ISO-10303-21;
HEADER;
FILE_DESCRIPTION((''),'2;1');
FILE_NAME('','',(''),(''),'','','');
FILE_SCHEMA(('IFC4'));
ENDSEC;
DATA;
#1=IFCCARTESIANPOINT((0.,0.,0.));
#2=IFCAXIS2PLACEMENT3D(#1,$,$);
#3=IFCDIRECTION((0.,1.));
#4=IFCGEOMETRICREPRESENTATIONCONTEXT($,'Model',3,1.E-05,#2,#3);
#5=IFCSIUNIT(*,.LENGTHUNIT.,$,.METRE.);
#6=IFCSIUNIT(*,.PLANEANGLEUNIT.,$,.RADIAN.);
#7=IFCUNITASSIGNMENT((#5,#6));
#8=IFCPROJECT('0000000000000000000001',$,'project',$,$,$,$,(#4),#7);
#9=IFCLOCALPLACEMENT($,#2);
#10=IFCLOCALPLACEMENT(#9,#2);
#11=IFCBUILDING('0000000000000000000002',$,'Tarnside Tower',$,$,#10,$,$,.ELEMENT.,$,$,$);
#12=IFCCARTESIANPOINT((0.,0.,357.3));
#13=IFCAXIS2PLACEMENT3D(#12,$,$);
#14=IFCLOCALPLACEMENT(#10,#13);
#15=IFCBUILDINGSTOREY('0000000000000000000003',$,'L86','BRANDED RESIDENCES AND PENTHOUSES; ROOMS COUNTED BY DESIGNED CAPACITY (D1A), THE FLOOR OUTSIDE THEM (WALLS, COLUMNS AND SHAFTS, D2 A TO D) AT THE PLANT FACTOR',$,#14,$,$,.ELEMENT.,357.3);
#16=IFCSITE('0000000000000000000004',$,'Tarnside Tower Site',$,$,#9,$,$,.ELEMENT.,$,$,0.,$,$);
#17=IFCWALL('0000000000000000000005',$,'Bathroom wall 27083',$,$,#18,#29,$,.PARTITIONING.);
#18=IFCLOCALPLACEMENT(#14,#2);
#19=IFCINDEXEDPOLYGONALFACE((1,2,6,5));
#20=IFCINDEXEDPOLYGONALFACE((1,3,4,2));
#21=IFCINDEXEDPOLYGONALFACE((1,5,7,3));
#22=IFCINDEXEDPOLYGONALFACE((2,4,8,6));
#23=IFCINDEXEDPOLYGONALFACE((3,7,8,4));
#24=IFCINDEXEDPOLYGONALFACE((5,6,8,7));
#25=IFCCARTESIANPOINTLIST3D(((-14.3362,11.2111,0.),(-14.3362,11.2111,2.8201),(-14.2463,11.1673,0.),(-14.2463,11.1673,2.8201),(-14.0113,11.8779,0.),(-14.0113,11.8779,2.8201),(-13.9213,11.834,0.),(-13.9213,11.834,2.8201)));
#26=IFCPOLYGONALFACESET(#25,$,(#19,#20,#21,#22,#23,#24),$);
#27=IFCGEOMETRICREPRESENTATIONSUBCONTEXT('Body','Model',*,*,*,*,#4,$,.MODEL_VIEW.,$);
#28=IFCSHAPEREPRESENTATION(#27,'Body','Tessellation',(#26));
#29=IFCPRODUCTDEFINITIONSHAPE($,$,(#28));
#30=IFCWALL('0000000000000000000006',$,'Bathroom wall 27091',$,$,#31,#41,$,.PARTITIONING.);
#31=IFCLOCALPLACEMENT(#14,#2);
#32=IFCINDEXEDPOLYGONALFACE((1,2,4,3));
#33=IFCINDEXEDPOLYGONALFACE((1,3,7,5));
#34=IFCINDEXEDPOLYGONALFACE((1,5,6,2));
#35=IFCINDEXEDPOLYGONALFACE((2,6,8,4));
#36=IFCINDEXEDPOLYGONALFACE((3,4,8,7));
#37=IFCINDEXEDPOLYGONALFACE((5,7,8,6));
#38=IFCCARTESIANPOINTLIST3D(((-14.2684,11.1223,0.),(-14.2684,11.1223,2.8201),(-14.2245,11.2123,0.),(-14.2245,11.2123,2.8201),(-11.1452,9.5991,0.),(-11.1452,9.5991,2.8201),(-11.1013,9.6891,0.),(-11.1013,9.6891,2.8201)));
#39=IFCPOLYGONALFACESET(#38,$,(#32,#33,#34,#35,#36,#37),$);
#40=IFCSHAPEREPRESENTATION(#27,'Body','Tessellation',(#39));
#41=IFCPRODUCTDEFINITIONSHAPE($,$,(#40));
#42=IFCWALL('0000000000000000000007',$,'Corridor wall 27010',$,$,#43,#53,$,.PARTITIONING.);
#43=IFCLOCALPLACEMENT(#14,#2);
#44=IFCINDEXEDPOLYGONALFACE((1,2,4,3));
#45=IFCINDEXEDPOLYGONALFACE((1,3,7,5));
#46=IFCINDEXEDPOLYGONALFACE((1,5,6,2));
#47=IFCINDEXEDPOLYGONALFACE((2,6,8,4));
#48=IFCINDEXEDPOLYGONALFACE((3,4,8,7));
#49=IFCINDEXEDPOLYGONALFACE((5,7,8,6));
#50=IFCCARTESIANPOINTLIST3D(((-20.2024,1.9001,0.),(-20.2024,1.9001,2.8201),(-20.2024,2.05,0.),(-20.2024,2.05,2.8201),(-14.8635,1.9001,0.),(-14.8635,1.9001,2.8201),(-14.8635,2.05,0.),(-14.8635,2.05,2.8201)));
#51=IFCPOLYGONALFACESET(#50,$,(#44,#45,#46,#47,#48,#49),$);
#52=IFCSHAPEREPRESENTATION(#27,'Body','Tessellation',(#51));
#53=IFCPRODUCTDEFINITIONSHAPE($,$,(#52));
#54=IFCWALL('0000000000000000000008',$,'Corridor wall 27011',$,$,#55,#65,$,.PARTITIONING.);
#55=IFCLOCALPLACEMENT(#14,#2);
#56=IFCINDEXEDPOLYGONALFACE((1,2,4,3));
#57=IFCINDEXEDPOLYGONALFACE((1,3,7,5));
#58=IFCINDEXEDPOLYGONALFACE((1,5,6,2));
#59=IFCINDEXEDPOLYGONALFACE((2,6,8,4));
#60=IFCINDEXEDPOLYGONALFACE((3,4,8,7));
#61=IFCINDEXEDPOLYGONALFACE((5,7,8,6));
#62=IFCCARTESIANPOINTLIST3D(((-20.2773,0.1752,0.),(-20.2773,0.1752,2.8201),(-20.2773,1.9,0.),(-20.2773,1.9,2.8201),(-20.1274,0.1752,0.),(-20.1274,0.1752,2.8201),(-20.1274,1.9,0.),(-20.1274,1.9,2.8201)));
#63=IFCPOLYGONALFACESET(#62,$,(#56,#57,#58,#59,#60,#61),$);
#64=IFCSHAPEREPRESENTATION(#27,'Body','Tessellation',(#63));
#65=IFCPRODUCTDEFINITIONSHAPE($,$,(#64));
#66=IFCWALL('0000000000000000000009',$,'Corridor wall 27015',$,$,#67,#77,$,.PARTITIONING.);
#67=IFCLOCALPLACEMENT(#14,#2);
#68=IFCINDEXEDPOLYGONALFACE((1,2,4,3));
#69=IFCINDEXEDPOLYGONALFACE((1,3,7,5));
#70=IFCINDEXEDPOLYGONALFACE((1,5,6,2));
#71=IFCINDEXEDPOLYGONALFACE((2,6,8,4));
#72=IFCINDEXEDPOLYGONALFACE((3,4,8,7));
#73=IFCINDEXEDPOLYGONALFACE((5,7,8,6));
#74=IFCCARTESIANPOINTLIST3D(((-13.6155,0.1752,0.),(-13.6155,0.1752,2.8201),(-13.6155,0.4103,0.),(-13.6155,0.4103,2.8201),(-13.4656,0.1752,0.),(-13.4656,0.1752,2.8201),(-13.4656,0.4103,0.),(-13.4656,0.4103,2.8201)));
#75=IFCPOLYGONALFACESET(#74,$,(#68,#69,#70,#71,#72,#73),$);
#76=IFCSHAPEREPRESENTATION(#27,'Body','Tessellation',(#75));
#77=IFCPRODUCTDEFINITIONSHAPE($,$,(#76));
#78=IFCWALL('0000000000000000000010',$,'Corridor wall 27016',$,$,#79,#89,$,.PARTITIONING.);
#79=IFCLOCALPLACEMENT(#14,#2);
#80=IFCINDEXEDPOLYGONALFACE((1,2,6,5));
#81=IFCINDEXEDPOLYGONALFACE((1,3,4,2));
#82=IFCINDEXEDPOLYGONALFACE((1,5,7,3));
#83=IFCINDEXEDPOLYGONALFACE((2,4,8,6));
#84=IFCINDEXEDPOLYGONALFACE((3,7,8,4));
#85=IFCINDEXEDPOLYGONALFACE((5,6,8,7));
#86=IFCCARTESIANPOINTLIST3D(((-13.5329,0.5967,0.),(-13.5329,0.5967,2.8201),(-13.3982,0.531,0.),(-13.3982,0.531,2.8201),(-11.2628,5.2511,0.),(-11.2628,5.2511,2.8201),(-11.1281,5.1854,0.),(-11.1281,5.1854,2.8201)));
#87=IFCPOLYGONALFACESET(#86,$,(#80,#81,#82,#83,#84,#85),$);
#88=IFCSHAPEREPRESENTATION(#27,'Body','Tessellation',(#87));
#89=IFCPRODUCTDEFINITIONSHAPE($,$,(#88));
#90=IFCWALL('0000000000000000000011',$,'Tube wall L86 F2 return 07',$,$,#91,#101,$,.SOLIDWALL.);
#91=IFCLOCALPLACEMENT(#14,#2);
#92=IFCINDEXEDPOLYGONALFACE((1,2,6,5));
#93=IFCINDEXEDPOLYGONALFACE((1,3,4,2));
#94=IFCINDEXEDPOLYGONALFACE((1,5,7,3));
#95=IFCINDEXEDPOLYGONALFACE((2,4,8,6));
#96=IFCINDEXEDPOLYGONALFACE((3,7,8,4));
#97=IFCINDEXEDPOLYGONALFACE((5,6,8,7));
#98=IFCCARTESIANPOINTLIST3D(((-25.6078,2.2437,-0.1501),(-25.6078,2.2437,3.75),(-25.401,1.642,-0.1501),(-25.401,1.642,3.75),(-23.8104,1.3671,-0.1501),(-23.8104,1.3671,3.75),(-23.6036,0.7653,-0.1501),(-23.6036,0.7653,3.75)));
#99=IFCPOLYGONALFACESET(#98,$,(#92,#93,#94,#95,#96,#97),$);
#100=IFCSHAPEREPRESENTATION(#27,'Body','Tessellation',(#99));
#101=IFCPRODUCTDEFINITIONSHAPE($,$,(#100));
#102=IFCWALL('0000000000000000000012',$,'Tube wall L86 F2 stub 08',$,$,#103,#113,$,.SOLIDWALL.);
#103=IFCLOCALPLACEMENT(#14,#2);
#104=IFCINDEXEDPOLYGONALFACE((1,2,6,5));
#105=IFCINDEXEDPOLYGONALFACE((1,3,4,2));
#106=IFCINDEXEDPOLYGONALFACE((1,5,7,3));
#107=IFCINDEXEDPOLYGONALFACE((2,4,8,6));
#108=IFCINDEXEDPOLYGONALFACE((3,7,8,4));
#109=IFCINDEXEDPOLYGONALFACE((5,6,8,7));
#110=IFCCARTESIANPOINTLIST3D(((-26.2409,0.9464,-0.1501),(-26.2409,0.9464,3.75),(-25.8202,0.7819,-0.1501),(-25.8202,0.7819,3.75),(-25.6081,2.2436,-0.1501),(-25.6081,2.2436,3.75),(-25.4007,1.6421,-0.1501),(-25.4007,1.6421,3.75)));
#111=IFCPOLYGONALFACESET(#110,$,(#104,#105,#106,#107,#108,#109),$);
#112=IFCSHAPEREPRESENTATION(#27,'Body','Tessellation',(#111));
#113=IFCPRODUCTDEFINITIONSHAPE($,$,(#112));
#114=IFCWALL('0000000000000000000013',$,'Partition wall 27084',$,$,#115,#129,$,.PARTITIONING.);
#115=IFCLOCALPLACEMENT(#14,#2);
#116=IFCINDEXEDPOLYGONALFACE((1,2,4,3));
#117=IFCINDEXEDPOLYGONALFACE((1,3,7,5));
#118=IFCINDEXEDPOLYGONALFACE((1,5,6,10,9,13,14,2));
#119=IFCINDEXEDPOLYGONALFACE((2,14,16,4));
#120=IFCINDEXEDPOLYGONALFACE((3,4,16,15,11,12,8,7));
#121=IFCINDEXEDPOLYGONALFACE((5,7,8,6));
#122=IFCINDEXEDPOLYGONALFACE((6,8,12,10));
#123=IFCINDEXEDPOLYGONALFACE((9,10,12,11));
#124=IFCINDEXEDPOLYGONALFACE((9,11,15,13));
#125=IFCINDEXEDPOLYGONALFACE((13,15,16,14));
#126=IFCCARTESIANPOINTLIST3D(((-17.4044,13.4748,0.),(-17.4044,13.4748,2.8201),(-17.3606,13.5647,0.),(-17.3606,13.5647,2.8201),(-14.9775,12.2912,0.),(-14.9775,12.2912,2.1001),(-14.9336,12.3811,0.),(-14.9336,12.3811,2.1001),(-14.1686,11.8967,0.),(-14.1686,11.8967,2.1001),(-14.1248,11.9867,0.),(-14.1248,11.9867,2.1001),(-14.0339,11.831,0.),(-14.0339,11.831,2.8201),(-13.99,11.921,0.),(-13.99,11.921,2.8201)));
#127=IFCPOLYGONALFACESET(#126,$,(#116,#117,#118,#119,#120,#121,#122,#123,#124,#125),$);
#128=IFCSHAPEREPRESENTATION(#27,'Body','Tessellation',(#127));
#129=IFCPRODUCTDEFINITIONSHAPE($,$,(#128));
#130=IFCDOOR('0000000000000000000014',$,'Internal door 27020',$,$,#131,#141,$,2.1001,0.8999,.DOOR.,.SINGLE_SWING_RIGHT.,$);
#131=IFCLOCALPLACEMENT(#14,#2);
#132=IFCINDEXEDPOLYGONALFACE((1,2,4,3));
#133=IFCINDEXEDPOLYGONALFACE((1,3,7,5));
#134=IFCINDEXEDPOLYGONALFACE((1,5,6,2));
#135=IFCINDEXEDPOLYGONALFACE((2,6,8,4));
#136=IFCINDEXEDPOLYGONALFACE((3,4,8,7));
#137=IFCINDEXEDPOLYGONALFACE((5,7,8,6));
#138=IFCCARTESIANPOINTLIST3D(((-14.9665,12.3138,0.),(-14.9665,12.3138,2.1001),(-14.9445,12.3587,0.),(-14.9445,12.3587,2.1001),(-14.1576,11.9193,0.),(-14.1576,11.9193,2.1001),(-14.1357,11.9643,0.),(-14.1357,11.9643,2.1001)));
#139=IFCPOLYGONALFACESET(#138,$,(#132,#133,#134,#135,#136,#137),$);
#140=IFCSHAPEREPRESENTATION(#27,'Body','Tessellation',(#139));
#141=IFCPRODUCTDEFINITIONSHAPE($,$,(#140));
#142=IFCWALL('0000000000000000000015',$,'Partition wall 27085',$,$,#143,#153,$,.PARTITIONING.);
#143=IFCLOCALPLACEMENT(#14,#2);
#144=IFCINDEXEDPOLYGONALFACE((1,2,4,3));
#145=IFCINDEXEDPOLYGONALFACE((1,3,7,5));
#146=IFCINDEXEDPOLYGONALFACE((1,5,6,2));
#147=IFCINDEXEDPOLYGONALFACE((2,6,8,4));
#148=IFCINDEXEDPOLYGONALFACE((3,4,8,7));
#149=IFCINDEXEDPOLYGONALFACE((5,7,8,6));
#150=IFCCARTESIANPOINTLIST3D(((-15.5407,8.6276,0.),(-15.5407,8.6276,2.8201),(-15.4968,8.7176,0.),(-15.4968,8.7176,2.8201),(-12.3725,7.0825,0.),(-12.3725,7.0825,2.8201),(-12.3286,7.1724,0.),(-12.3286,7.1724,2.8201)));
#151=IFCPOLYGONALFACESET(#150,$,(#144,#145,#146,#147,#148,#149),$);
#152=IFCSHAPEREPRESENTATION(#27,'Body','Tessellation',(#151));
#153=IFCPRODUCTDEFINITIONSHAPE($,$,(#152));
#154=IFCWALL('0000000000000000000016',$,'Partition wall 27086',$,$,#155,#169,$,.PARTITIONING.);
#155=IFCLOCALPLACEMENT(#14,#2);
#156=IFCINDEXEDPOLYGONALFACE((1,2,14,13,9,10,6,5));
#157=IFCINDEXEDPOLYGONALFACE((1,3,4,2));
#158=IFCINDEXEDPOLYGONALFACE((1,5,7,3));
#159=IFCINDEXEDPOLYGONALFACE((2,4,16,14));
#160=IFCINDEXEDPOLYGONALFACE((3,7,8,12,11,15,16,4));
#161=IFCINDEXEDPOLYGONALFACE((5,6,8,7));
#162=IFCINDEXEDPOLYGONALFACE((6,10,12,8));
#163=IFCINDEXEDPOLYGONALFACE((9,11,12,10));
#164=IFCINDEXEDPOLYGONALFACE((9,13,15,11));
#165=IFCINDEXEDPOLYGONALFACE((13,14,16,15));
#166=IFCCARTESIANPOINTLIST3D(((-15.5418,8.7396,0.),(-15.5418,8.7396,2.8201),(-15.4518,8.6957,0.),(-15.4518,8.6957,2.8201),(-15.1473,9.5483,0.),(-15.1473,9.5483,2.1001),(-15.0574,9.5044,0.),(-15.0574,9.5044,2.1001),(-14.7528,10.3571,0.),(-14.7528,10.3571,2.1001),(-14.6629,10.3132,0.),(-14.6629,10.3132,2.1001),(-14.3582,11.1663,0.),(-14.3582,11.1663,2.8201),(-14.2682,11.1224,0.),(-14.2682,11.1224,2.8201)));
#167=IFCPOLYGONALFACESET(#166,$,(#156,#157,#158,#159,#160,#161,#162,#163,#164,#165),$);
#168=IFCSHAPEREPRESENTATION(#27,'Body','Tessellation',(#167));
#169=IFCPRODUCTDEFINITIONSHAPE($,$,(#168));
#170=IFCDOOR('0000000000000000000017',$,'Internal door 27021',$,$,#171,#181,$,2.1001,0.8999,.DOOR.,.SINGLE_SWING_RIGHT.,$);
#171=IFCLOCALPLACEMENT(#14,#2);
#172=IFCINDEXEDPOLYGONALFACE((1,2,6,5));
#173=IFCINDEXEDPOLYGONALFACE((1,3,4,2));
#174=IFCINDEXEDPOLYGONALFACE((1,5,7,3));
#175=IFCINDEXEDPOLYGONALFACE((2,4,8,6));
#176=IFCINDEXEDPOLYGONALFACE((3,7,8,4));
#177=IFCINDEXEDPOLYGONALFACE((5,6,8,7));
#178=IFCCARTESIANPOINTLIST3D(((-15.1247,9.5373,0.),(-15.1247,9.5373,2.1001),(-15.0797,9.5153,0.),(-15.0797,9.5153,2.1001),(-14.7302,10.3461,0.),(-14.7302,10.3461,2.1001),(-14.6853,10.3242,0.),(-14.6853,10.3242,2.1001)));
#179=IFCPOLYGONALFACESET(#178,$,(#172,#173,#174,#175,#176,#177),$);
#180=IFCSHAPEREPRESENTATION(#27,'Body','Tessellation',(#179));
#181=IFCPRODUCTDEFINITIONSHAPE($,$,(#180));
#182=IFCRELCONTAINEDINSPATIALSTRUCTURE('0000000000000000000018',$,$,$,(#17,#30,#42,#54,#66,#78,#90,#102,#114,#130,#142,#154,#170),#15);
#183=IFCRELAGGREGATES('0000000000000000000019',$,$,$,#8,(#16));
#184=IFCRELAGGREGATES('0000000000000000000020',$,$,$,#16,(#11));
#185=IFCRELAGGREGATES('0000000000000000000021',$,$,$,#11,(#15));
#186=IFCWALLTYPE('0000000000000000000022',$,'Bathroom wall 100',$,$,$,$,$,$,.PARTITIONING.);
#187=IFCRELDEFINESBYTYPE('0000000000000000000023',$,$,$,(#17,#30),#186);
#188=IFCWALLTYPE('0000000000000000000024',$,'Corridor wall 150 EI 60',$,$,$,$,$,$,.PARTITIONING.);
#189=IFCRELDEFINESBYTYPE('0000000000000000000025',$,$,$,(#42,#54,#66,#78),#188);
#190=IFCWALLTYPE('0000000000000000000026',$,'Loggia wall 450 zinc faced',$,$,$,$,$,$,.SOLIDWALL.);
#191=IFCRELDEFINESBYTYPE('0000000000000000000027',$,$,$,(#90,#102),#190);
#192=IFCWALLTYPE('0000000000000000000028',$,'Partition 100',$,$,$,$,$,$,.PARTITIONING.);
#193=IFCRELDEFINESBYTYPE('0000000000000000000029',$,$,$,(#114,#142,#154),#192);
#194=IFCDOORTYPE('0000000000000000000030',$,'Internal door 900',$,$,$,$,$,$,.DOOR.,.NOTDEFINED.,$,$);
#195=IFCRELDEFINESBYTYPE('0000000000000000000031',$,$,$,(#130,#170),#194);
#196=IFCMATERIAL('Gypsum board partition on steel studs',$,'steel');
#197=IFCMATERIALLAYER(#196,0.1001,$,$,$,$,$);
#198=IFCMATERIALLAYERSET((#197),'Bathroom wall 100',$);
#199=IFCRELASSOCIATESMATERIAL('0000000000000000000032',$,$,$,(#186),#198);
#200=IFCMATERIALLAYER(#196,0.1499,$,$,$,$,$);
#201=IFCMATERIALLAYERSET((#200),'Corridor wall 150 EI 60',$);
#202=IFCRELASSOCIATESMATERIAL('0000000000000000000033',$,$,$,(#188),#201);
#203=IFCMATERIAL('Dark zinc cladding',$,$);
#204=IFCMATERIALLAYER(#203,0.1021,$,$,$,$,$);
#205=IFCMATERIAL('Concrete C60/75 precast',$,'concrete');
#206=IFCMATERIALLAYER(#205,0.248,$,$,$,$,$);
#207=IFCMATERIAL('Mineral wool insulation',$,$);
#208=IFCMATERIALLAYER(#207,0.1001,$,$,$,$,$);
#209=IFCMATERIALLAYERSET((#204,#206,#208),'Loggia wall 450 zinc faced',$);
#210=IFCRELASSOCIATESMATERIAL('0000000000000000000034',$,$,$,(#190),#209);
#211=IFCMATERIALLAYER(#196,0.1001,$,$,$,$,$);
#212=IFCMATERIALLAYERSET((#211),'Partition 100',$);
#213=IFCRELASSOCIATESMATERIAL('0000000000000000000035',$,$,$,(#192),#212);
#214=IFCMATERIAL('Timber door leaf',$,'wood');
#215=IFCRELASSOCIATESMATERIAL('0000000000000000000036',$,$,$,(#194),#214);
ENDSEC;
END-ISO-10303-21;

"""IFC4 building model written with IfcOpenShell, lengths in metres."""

from ifc_helpers import new_model, si_unit, direction, frame, frame_2d, origin, place, context, subcontext, project, spatial, polyline, rectangle, outline, extrude, material, layer, layer_set, type_object, element, fill, save


model = new_model("IFC4")

# Units and contexts
model_context = context("Model", 3, precision=1e-05, world=origin(), true_north=direction((0.0, 1.0)))
body_context = subcontext(model_context, "Body", "Model", "MODEL_VIEW")
ifc_project = project(units=[si_unit("LENGTHUNIT", "METRE"), si_unit("PLANEANGLEUNIT", "RADIAN")], contexts=[model_context])

# Site, building, storey
site_placement = place(None, origin())
site = spatial("IfcSite", under=ifc_project, at=site_placement, Name="Tarnside Tower Site", CompositionType="ELEMENT", RefElevation=0.0)
building_placement = place(site_placement, origin())
building = spatial("IfcBuilding", under=site, at=building_placement, Name="Tarnside Tower", CompositionType="ELEMENT")
storey_placement = place(building_placement, frame((0.0, 0.0, 357.3)))
storey = spatial("IfcBuildingStorey", under=building, at=storey_placement, Name="L86", Description="BRANDED RESIDENCES AND PENTHOUSES; ROOMS COUNTED BY DESIGNED CAPACITY (D1A), THE FLOOR OUTSIDE THEM (WALLS, COLUMNS AND SHAFTS, D2 A TO D) AT THE PLANT FACTOR", CompositionType="ELEMENT", Elevation=357.3)

# Walls
ifc_material_1 = material(Name="Gypsum board partition on steel studs", Category="steel")
ifc_layer_1 = layer(ifc_material_1, 0.1001)
ifc_layer_set_1 = layer_set([ifc_layer_1], Name="Bathroom wall 100")
wall_type_1 = type_object("IfcWallType", Name="Bathroom wall 100", PredefinedType="PARTITIONING", material=ifc_layer_set_1)
wall_1_placement = place(storey_placement, frame((-14.2913, 11.1892, 0.0), z_axis=(0.0, 0.0, 1.0), x_axis=(0.438106, 0.898923, 0.0)))
element("IfcWall", 1, at=wall_1_placement, inside=storey, type_object=wall_type_1, Name="Bathroom wall 27083", PredefinedType="PARTITIONING", context=body_context, shape_type="SweptSolid", body=[
    extrude(rectangle(XDim=0.7417, YDim=0.1001, at=frame_2d((0.3708, 0.0))), origin(), (0.0, 0.0, 1.0), 2.8201),
])
wall_2_placement = place(storey_placement, frame((-14.2463, 11.1672, 0.0), z_axis=(0.0, 0.0, 1.0), x_axis=(0.89881, -0.438339, 0.0)))
element("IfcWall", 2, at=wall_2_placement, inside=storey, type_object=wall_type_1, Name="Bathroom wall 27091", PredefinedType="PARTITIONING", context=body_context, shape_type="SweptSolid", body=[
    extrude(rectangle(XDim=3.4749, YDim=0.1001, at=frame_2d((1.7373, 0.0))), origin(), (0.0, 0.0, 1.0), 2.8201),
])
ifc_layer_2 = layer(ifc_material_1, 0.1499)
ifc_layer_set_2 = layer_set([ifc_layer_2], Name="Corridor wall 150 EI 60")
wall_type_2 = type_object("IfcWallType", Name="Corridor wall 150 EI 60", PredefinedType="PARTITIONING", material=ifc_layer_set_2)
wall_3_placement = place(storey_placement, frame((-14.8635, 1.9751, 0.0), z_axis=(0.0, 0.0, 1.0), x_axis=(-1.0, 0.0, 0.0)))
element("IfcWall", 3, at=wall_3_placement, inside=storey, type_object=wall_type_2, Name="Corridor wall 27010", PredefinedType="PARTITIONING", context=body_context, shape_type="SweptSolid", body=[
    extrude(rectangle(XDim=5.3389, YDim=0.1499, at=frame_2d((2.6694, 0.0))), origin(), (0.0, 0.0, 1.0), 2.8201),
])
wall_4_placement = place(storey_placement, frame((-20.2024, 1.8999, 0.0), z_axis=(0.0, 0.0, 1.0), x_axis=(0.0, -1.0, 0.0)))
element("IfcWall", 4, at=wall_4_placement, inside=storey, type_object=wall_type_2, Name="Corridor wall 27011", PredefinedType="PARTITIONING", context=body_context, shape_type="SweptSolid", body=[
    extrude(rectangle(XDim=1.7249, YDim=0.1499, at=frame_2d((0.8623, 0.0))), origin(), (0.0, 0.0, 1.0), 2.8201),
])
wall_5_placement = place(storey_placement, frame((-13.5405, 0.175, 0.0), z_axis=(0.0, 0.0, 1.0), x_axis=(0.0, 1.0, 0.0)))
element("IfcWall", 5, at=wall_5_placement, inside=storey, type_object=wall_type_2, Name="Corridor wall 27015", PredefinedType="PARTITIONING", context=body_context, shape_type="SweptSolid", body=[
    extrude(rectangle(XDim=0.2351, YDim=0.1499, at=frame_2d((0.1177, 0.0))), origin(), (0.0, 0.0, 1.0), 2.8201),
])
wall_6_placement = place(storey_placement, frame((-13.4656, 0.5637, 0.0), z_axis=(0.0, 0.0, 1.0), x_axis=(0.438366, 0.898797, 0.0)))
element("IfcWall", 6, at=wall_6_placement, inside=storey, type_object=wall_type_2, Name="Corridor wall 27016", PredefinedType="PARTITIONING", context=body_context, shape_type="SweptSolid", body=[
    extrude(rectangle(XDim=5.1785, YDim=0.1499, at=frame_2d((2.5894, 0.0))), origin(), (0.0, 0.0, 1.0), 2.8201),
])
ifc_material_2 = material(Name="Dark zinc cladding")
ifc_layer_3 = layer(ifc_material_2, 0.1021)
ifc_material_3 = material(Name="Concrete C60/75 precast", Category="concrete")
ifc_layer_4 = layer(ifc_material_3, 0.248)
ifc_material_4 = material(Name="Mineral wool insulation")
ifc_layer_5 = layer(ifc_material_4, 0.1001)
ifc_layer_set_3 = layer_set([ifc_layer_3, ifc_layer_4, ifc_layer_5], Name="Loggia wall 450 zinc faced")
wall_type_3 = type_object("IfcWallType", Name="Loggia wall 450 zinc faced", PredefinedType="SOLIDWALL", material=ifc_layer_set_3)
wall_7_placement = place(storey_placement, frame((-23.707, 1.0662, -0.1501), z_axis=(0.0, 0.0, 1.0), x_axis=(-0.898779, 0.438402, 0.0)))
element("IfcWall", 7, at=wall_7_placement, inside=storey, type_object=wall_type_3, Name="Tube wall L86 F2 return 07", PredefinedType="SOLIDWALL", context=body_context, shape_type="SweptSolid", body=[
    extrude(outline(polyline([(0.2249, -0.2251), (2.2246, -0.2251), (1.7749, 0.2251), (-0.2249, 0.2251), (0.2249, -0.2251)])), origin(), (0.0, 0.0, 1.0), 3.9001),
])
wall_8_placement = place(storey_placement, frame((-25.5044, 1.9429, -0.1501), z_axis=(0.0, 0.0, 1.0), x_axis=(-0.438404, -0.898778, 0.0)))
element("IfcWall", 8, at=wall_8_placement, inside=storey, type_object=wall_type_3, Name="Tube wall L86 F2 stub 08", PredefinedType="SOLIDWALL", context=body_context, shape_type="SweptSolid", body=[
    extrude(outline(polyline([(-0.2249, -0.2251), (1.2185, -0.2251), (1.1819, 0.2251), (0.2249, 0.2251), (-0.2249, -0.2251)])), origin(), (0.0, 0.0, 1.0), 3.9001),
])

# Wall, opening, door
ifc_layer_6 = layer(ifc_material_1, 0.1001)
ifc_layer_set_4 = layer_set([ifc_layer_6], Name="Partition 100")
wall_type_4 = type_object("IfcWallType", Name="Partition 100", PredefinedType="PARTITIONING", material=ifc_layer_set_4)
wall_9_placement = place(storey_placement, frame((-14.012, 11.876, 0.0), z_axis=(0.0, 0.0, 1.0), x_axis=(-0.89881, 0.438338, 0.0)))
wall_9 = element("IfcWall", 9, at=wall_9_placement, inside=storey, type_object=wall_type_4, Name="Partition wall 27084", PredefinedType="PARTITIONING", context=body_context, shape_type="SweptSolid", body=[
    extrude(rectangle(XDim=3.75, YDim=0.1001, at=frame_2d((1.875, 0.0))), origin(), (0.0, 0.0, 1.0), 2.8201),
])
opening_1_placement = place(wall_9_placement, frame((0.1499, 0.0, 0.0)))
opening_1 = element("IfcOpeningElement", 10, at=opening_1_placement, cuts=wall_9, PredefinedType="OPENING", context=body_context, shape_type="SweptSolid", body=[
    extrude(rectangle(XDim=0.8999, YDim=2.1001, at=frame_2d((0.45, 1.05))), frame((0.0, 0.0601, 0.0), z_axis=(0.0, -1.0, 0.0), x_axis=(1.0, 0.0, 0.0)), (0.0, 0.0, 1.0), 0.1201),
])
ifc_material_5 = material(Name="Timber door leaf", Category="wood")
door_type = type_object("IfcDoorType", Name="Internal door 900", OperationType="NOTDEFINED", PredefinedType="DOOR", material=ifc_material_5)
door_1_placement = place(opening_1_placement, origin())
door_1 = element("IfcDoor", 11, at=door_1_placement, inside=storey, type_object=door_type, Name="Internal door 27020", OperationType="SINGLE_SWING_RIGHT", OverallHeight=2.1001, OverallWidth=0.8999, PredefinedType="DOOR", context=body_context, shape_type="SweptSolid", body=[
    extrude(rectangle(XDim=0.8999, YDim=2.1001, at=frame_2d((0.45, 1.05))), frame((0.0, 0.0249, 0.0), z_axis=(0.0, -1.0, 0.0), x_axis=(1.0, 0.0, 0.0)), (0.0, 0.0, 1.0), 0.05),
])
fill(opening_1, door_1)

# Wall
wall_10_placement = place(storey_placement, frame((-12.3506, 7.1274, 0.0), z_axis=(0.0, 0.0, 1.0), x_axis=(-0.898802, 0.438354, 0.0)))
element("IfcWall", 12, at=wall_10_placement, inside=storey, type_object=wall_type_4, Name="Partition wall 27085", PredefinedType="PARTITIONING", context=body_context, shape_type="SweptSolid", body=[
    extrude(rectangle(XDim=3.5249, YDim=0.1001, at=frame_2d((1.7625, 0.0))), origin(), (0.0, 0.0, 1.0), 2.8201),
])

# Wall, opening, door
wall_11_placement = place(storey_placement, frame((-15.4968, 8.7175, 0.0), z_axis=(0.0, 0.0, 1.0), x_axis=(0.438367, 0.898796, 0.0)))
wall_11 = element("IfcWall", 13, at=wall_11_placement, inside=storey, type_object=wall_type_4, Name="Partition wall 27086", PredefinedType="PARTITIONING", context=body_context, shape_type="SweptSolid", body=[
    extrude(rectangle(XDim=2.7, YDim=0.1001, at=frame_2d((1.3501, 0.0))), origin(), (0.0, 0.0, 1.0), 2.8201),
])
opening_2_placement = place(wall_11_placement, frame((0.8999, 0.0, 0.0)))
opening_2 = element("IfcOpeningElement", 14, at=opening_2_placement, cuts=wall_11, PredefinedType="OPENING", context=body_context, shape_type="SweptSolid", body=[
    extrude(rectangle(XDim=0.8999, YDim=2.1001, at=frame_2d((0.45, 1.05))), frame((0.0, 0.0601, 0.0), z_axis=(0.0, -1.0, 0.0), x_axis=(1.0, 0.0, 0.0)), (0.0, 0.0, 1.0), 0.1201),
])
door_2_placement = place(opening_2_placement, origin())
door_2 = element("IfcDoor", 15, at=door_2_placement, inside=storey, type_object=door_type, Name="Internal door 27021", OperationType="SINGLE_SWING_RIGHT", OverallHeight=2.1001, OverallWidth=0.8999, PredefinedType="DOOR", context=body_context, shape_type="SweptSolid", body=[
    extrude(rectangle(XDim=0.8999, YDim=2.1001, at=frame_2d((0.45, 1.05))), frame((0.0, 0.0249, 0.0), z_axis=(0.0, -1.0, 0.0), x_axis=(1.0, 0.0, 0.0)), (0.0, 0.0, 1.0), 0.05),
])
fill(opening_2, door_2)

save(model, "model.ifc")
